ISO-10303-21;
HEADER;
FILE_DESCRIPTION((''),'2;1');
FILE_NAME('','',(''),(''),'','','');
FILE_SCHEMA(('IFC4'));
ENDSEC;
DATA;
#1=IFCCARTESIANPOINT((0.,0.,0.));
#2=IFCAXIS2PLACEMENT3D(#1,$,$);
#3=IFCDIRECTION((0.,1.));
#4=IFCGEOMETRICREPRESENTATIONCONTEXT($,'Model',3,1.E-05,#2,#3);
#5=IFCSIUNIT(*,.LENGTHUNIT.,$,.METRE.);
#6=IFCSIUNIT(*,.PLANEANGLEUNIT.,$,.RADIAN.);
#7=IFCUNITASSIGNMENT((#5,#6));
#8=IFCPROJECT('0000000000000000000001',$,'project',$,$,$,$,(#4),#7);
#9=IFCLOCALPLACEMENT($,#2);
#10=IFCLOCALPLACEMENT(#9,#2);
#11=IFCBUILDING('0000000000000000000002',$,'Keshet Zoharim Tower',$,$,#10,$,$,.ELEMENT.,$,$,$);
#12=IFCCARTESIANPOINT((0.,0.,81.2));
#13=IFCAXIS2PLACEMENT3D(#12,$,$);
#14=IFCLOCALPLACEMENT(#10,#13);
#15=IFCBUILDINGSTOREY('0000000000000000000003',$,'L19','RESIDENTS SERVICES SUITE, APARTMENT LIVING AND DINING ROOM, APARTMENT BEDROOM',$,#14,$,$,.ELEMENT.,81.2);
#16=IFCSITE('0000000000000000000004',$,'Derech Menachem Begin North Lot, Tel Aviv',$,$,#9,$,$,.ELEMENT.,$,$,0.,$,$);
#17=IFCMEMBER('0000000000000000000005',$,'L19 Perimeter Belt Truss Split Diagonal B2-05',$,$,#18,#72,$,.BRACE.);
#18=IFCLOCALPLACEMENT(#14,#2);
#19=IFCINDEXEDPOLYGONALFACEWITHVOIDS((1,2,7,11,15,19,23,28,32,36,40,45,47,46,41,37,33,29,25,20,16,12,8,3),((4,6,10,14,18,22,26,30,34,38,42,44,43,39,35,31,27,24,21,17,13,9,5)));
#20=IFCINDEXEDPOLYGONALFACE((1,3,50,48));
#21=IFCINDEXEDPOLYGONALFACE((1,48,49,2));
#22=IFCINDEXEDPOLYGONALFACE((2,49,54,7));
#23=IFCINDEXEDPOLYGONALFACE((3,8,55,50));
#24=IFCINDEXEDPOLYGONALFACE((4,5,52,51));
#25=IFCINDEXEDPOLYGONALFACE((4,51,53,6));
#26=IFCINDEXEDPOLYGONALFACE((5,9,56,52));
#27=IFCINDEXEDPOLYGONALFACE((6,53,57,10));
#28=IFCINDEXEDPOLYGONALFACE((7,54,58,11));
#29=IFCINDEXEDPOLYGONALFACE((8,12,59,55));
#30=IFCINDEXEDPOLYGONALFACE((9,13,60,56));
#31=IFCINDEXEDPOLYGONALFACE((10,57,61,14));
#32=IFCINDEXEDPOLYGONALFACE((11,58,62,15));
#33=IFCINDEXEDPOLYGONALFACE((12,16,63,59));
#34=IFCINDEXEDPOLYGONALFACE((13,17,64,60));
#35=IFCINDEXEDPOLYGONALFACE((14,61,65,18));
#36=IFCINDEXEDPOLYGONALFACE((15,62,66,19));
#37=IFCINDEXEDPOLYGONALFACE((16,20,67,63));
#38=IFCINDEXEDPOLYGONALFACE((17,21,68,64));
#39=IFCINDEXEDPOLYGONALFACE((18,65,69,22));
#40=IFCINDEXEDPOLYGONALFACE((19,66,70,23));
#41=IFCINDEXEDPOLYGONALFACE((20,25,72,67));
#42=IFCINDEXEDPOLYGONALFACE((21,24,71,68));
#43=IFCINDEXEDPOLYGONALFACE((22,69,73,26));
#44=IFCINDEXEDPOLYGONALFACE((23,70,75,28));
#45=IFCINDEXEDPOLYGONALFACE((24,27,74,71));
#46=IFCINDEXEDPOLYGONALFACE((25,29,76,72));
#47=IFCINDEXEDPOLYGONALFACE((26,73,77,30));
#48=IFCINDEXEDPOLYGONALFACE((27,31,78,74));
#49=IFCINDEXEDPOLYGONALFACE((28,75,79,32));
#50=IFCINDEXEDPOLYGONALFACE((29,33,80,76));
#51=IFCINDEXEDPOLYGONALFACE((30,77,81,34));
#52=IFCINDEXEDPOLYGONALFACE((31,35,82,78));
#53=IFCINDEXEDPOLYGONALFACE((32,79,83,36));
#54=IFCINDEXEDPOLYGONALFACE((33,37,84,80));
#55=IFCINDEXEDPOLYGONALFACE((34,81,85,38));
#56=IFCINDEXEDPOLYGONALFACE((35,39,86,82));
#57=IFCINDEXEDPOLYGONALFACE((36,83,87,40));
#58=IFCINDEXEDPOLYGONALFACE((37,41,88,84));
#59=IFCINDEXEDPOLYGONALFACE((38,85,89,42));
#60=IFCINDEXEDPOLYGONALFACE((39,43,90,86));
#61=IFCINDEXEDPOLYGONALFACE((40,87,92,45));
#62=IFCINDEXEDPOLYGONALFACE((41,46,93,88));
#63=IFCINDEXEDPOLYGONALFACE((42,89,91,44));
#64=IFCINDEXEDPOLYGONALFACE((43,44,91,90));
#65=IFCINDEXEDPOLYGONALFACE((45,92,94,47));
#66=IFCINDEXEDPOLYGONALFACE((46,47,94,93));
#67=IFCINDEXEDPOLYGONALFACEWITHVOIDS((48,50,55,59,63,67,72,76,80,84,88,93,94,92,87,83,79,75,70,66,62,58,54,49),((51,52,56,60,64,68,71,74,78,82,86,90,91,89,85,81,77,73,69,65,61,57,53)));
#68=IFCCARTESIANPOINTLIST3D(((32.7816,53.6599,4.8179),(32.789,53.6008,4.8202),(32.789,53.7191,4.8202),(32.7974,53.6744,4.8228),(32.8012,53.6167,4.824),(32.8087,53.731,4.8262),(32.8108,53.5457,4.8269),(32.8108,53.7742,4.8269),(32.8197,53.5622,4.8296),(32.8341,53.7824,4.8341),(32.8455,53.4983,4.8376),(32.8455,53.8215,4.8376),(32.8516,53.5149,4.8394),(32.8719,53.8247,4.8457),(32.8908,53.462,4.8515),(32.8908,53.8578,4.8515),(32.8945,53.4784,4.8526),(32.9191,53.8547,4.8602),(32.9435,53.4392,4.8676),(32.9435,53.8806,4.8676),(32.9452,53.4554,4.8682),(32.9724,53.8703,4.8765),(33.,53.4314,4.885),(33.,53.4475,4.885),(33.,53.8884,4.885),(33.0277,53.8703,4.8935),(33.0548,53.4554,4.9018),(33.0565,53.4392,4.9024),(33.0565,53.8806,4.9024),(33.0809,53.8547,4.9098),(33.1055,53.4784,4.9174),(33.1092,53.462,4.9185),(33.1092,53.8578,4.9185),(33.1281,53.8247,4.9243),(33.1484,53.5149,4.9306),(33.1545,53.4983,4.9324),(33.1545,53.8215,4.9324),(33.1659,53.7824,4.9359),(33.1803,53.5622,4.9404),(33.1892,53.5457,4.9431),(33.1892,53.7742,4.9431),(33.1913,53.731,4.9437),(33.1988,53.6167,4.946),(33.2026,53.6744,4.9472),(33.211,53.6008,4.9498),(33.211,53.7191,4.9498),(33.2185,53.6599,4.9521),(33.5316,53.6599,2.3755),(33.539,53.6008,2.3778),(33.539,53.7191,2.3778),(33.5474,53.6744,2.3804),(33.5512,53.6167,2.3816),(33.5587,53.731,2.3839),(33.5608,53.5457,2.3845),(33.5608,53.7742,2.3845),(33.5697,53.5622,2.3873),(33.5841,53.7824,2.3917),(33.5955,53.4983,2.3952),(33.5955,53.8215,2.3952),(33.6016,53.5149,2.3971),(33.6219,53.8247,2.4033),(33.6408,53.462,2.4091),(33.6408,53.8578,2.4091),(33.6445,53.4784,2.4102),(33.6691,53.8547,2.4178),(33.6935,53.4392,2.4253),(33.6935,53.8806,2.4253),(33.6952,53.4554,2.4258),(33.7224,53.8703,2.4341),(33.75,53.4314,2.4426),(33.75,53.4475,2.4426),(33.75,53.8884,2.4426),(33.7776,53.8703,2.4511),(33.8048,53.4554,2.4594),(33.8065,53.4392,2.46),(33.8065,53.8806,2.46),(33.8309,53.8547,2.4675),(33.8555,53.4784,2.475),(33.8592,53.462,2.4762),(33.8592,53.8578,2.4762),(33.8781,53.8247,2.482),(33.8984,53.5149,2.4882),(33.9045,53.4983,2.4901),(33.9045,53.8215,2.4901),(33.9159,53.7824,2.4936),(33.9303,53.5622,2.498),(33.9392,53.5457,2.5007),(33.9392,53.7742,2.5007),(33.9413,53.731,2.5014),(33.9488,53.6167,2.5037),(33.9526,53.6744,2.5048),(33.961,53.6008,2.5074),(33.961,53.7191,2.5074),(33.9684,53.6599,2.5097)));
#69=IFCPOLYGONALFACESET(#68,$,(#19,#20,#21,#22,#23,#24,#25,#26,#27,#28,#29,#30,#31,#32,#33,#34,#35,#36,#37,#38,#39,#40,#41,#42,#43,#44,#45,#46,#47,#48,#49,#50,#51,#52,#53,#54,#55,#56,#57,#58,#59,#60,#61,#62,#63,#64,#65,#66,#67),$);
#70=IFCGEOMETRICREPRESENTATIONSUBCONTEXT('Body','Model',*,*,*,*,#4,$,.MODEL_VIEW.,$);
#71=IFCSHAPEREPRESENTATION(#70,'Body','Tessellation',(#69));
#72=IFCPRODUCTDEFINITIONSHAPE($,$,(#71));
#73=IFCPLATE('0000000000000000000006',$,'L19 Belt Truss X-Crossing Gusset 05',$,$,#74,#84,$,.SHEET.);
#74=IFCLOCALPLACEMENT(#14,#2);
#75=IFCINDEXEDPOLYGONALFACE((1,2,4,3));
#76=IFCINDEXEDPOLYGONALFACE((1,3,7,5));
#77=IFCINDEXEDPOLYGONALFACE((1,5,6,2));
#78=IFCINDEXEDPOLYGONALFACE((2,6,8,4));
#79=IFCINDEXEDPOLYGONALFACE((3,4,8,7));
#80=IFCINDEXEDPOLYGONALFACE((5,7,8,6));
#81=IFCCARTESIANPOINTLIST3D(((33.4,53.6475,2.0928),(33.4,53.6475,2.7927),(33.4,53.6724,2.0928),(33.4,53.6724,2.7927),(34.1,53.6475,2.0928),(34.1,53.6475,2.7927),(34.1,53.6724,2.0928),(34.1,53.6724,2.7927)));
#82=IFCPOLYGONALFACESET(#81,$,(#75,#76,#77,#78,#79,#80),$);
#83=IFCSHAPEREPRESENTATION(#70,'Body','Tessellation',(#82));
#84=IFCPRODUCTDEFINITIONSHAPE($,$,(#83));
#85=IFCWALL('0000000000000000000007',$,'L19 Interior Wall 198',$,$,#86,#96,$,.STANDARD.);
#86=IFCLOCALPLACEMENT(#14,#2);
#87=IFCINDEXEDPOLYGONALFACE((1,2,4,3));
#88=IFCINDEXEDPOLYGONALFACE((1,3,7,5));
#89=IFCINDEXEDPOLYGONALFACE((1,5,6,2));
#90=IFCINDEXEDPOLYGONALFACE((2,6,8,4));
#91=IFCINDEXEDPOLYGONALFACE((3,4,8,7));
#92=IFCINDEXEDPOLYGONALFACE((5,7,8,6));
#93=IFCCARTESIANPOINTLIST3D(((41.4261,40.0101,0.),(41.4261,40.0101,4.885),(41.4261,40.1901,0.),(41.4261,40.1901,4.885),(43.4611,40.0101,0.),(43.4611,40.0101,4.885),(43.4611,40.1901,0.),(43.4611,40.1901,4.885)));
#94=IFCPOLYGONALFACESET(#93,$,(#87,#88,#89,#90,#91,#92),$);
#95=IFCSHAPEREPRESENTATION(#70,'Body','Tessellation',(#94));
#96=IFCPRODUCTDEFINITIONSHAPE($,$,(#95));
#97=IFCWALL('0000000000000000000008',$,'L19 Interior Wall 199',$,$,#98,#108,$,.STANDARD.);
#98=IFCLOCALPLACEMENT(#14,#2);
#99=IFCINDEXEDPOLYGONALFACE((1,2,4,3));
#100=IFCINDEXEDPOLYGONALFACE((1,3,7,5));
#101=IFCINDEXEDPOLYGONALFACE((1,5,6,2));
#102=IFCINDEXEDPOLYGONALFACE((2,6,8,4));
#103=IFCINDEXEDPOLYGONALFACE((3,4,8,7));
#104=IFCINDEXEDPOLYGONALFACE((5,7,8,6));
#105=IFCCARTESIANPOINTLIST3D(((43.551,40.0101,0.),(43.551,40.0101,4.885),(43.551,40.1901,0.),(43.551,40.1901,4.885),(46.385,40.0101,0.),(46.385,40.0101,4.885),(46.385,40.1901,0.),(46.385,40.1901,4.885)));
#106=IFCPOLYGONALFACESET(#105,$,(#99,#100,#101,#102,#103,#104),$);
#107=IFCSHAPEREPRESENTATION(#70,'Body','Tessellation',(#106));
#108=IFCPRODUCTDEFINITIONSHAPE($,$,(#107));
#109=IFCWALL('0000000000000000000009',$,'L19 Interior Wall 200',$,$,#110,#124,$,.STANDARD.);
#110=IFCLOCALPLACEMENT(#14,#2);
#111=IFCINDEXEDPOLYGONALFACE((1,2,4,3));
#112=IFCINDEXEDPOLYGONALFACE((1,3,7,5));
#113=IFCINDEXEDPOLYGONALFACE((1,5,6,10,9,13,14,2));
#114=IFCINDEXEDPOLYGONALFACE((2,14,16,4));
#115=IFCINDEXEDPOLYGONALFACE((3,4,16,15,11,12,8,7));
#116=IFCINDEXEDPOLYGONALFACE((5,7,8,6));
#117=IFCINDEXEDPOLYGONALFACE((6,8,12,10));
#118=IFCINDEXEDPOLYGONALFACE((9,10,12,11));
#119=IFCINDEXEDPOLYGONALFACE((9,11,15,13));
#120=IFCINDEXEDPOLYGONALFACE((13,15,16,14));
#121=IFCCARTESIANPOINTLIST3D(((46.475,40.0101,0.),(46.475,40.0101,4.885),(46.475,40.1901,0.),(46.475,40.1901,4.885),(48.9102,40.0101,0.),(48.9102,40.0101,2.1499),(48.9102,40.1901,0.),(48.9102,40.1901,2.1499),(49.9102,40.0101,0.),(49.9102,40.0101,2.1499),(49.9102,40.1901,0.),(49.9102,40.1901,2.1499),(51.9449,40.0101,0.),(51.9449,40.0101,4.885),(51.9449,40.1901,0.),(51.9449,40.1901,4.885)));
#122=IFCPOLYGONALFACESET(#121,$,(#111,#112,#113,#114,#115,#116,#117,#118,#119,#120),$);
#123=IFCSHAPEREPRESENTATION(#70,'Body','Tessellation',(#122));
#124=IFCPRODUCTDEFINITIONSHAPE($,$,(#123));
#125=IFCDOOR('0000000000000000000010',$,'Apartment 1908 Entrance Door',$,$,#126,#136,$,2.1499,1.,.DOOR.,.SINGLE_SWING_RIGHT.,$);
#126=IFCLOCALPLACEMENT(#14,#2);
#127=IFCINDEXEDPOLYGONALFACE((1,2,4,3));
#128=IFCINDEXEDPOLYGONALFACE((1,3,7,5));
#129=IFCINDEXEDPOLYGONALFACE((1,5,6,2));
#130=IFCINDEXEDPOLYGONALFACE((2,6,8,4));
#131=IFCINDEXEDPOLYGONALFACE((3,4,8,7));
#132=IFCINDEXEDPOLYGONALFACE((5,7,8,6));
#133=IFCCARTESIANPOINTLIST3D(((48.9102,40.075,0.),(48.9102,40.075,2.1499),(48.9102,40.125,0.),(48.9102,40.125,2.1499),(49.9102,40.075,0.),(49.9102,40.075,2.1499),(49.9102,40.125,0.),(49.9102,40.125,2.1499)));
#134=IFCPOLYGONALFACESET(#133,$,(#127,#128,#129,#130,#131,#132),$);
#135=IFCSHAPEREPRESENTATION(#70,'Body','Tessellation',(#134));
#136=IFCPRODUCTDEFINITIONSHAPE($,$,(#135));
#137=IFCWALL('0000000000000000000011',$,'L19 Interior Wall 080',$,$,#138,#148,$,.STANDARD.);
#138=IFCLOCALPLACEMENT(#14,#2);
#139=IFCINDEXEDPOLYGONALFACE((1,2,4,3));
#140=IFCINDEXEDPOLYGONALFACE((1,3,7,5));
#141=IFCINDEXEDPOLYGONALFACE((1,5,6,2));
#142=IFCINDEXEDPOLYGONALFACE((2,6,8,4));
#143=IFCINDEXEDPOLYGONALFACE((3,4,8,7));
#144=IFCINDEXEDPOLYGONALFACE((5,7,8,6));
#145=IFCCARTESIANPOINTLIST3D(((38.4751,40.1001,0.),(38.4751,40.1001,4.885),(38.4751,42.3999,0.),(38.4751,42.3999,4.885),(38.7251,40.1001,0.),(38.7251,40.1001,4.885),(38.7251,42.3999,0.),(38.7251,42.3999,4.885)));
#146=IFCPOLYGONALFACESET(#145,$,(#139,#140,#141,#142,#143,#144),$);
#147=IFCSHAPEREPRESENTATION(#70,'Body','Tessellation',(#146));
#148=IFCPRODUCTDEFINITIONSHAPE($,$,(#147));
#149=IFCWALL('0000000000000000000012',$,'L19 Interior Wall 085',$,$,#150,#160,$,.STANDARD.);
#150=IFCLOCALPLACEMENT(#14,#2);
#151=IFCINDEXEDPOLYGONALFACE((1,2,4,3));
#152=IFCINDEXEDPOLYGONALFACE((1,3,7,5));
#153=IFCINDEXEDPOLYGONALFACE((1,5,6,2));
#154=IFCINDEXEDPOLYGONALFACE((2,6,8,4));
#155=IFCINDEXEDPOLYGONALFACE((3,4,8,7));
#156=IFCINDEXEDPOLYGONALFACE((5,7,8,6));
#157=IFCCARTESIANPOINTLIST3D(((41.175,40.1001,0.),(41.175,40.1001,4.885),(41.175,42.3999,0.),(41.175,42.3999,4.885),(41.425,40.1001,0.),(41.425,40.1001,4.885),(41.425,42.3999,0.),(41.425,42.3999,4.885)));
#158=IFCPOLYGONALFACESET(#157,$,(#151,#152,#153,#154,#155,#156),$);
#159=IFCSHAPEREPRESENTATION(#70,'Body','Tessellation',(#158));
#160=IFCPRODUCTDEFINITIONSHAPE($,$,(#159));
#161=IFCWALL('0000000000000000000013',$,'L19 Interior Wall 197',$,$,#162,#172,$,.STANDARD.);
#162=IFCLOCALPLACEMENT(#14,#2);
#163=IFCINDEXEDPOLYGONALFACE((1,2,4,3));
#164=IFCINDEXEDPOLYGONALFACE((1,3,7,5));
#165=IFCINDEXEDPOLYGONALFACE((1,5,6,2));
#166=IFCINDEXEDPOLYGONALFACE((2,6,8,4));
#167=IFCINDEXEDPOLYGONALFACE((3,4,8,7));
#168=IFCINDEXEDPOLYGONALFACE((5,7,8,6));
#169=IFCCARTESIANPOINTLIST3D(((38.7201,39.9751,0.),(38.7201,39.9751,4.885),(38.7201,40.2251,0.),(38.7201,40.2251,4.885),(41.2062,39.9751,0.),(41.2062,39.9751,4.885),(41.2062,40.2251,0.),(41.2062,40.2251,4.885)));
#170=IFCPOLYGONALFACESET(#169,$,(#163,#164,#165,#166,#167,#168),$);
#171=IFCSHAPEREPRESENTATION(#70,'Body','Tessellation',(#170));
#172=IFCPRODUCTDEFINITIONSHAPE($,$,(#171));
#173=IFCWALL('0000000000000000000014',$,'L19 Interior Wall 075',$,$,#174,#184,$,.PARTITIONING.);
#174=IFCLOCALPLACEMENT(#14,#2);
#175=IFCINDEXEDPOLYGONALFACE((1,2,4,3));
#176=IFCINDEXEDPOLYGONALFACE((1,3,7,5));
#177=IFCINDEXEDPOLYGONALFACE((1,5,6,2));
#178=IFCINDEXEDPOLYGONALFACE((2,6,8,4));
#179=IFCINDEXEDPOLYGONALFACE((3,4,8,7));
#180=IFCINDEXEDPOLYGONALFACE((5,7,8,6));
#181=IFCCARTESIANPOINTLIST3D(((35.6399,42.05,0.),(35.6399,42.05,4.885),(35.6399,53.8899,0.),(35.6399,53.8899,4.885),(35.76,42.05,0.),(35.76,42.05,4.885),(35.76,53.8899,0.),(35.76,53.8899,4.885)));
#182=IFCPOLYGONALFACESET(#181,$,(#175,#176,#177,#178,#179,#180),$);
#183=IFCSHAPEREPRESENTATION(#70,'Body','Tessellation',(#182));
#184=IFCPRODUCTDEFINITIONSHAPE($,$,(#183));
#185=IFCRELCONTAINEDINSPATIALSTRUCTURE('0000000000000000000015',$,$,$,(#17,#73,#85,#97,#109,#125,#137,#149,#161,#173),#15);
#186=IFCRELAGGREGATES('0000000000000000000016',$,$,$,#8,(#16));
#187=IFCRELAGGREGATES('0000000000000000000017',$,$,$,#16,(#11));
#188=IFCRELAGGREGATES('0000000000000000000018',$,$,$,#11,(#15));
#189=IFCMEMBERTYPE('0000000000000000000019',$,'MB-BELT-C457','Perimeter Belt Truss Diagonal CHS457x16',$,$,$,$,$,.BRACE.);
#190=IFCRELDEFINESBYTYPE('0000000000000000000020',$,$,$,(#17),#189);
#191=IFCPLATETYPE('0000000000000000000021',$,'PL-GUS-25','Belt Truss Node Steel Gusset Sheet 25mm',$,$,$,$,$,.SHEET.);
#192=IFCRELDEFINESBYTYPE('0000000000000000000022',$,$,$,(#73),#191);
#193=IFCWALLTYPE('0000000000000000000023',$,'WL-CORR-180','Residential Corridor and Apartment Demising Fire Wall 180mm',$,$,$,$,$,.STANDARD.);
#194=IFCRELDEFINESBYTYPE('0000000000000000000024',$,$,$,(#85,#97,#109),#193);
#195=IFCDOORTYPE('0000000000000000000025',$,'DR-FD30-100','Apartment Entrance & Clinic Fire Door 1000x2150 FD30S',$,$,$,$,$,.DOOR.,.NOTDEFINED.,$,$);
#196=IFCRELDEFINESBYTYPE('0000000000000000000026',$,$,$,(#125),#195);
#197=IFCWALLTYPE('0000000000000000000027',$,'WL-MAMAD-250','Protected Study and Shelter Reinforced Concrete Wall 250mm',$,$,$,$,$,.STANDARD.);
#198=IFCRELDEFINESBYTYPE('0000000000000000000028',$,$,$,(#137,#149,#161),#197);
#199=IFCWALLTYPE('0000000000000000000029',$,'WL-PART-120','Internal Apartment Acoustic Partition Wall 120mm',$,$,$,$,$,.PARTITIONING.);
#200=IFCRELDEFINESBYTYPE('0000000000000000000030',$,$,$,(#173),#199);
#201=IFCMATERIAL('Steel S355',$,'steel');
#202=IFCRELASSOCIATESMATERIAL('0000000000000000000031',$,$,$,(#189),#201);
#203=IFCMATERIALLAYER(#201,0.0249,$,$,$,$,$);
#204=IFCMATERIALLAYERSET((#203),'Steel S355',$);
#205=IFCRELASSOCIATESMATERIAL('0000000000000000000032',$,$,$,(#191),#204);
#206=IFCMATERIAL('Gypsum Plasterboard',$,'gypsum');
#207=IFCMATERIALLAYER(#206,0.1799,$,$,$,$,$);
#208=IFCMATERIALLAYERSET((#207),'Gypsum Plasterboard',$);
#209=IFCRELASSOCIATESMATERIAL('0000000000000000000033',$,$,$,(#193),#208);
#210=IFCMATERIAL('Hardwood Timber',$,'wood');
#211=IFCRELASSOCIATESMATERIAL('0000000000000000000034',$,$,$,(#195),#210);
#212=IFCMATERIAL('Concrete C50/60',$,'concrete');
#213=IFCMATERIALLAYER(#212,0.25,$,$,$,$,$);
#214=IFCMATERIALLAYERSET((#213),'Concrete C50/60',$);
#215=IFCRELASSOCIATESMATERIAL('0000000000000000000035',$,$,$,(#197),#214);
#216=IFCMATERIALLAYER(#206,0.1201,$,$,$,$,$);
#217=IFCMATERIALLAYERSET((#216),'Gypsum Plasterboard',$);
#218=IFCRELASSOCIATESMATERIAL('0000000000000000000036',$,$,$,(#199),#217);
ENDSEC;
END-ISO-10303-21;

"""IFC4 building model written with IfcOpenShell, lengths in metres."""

from ifc_helpers import new_model, si_unit, direction, frame, frame_2d, origin, origin_2d, place, context, subcontext, project, spatial, rectangle, hollow_circle, extrude, material, layer, layer_set, material_profile, profile_set, type_object, element, fill, save


model = new_model("IFC4")

# Units and contexts
model_context = context("Model", 3, precision=1e-05, world=origin(), true_north=direction((0.0, 1.0)))
body_context = subcontext(model_context, "Body", "Model", "MODEL_VIEW")
ifc_project = project(units=[si_unit("LENGTHUNIT", "METRE"), si_unit("PLANEANGLEUNIT", "RADIAN")], contexts=[model_context])

# Site, building, storey
site_placement = place(None, origin())
site = spatial("IfcSite", under=ifc_project, at=site_placement, Name="Derech Menachem Begin North Lot, Tel Aviv", CompositionType="ELEMENT", RefElevation=0.0)
building_placement = place(site_placement, origin())
building = spatial("IfcBuilding", under=site, at=building_placement, Name="Keshet Zoharim Tower", CompositionType="ELEMENT")
storey_placement = place(building_placement, frame((0.0, 0.0, 81.2)))
storey = spatial("IfcBuildingStorey", under=building, at=storey_placement, Name="L19", Description="RESIDENTS SERVICES SUITE, APARTMENT LIVING AND DINING ROOM, APARTMENT BEDROOM", CompositionType="ELEMENT", Elevation=81.2)

# Member
ifc_material_1 = material(Name="Steel S355", Category="steel")
ifc_material_profile = material_profile(ifc_material_1, hollow_circle(Radius=0.2285, WallThickness=0.0161, at=origin_2d()), Name="CHS457x16")
ifc_profile_set = profile_set([ifc_material_profile], Name="Steel S355")
member_type = type_object("IfcMemberType", Name="MB-BELT-C457", Description="Perimeter Belt Truss Diagonal CHS457x16", PredefinedType="BRACE", material=ifc_profile_set)
member_placement = place(storey_placement, frame((33.75, 53.6599, 2.4426), z_axis=(-0.293549, 0.0, 0.955944), x_axis=(0.0, -1.0, 0.0)))
element("IfcMember", 1, at=member_placement, inside=storey, type_object=member_type, Name="L19 Perimeter Belt Truss Split Diagonal B2-05", PredefinedType="BRACE", context=body_context, shape_type="SweptSolid", body=[
    extrude(hollow_circle(Radius=0.2285, WallThickness=0.0161, at=origin_2d()), origin(), (0.0, 0.0, 1.0), 2.5549),
])

# Plate
ifc_layer_1 = layer(ifc_material_1, 0.0249)
ifc_layer_set_1 = layer_set([ifc_layer_1], Name="Steel S355")
plate_type = type_object("IfcPlateType", Name="PL-GUS-25", Description="Belt Truss Node Steel Gusset Sheet 25mm", PredefinedType="SHEET", material=ifc_layer_set_1)
plate_placement = place(storey_placement, frame((33.75, 53.6599, 2.0928), z_axis=(0.0, 0.0, 1.0), x_axis=(1.0, 0.0, 0.0)))
element("IfcPlate", 2, at=plate_placement, inside=storey, type_object=plate_type, Name="L19 Belt Truss X-Crossing Gusset 05", PredefinedType="SHEET", context=body_context, shape_type="SweptSolid", body=[
    extrude(rectangle(XDim=0.7, YDim=0.0249, at=origin_2d()), origin(), (0.0, 0.0, 1.0), 0.7),
])

# Walls
ifc_material_2 = material(Name="Gypsum Plasterboard", Category="gypsum")
ifc_layer_2 = layer(ifc_material_2, 0.1799)
ifc_layer_set_2 = layer_set([ifc_layer_2], Name="Gypsum Plasterboard")
wall_type_1 = type_object("IfcWallType", Name="WL-CORR-180", Description="Residential Corridor and Apartment Demising Fire Wall 180mm", PredefinedType="STANDARD", material=ifc_layer_set_2)
wall_1_placement = place(storey_placement, frame((41.426, 40.1001, 0.0), z_axis=(0.0, 0.0, 1.0), x_axis=(1.0, 0.0, 0.0)))
element("IfcWall", 3, at=wall_1_placement, inside=storey, type_object=wall_type_1, Name="L19 Interior Wall 198", PredefinedType="STANDARD", context=body_context, shape_type="SweptSolid", body=[
    extrude(rectangle(XDim=2.0349, YDim=0.1799, at=frame_2d((1.0176, 0.0))), origin(), (0.0, 0.0, 1.0), 4.885),
])
wall_2_placement = place(storey_placement, frame((43.551, 40.1001, 0.0), z_axis=(0.0, 0.0, 1.0), x_axis=(1.0, 0.0, 0.0)))
element("IfcWall", 4, at=wall_2_placement, inside=storey, type_object=wall_type_1, Name="L19 Interior Wall 199", PredefinedType="STANDARD", context=body_context, shape_type="SweptSolid", body=[
    extrude(rectangle(XDim=2.834, YDim=0.1799, at=frame_2d((1.417, 0.0))), origin(), (0.0, 0.0, 1.0), 4.885),
])

# Wall, opening, door
wall_3_placement = place(storey_placement, frame((46.4751, 40.1001, 0.0), z_axis=(0.0, 0.0, 1.0), x_axis=(1.0, 0.0, 0.0)))
wall_3 = element("IfcWall", 5, at=wall_3_placement, inside=storey, type_object=wall_type_1, Name="L19 Interior Wall 200", PredefinedType="STANDARD", context=body_context, shape_type="SweptSolid", body=[
    extrude(rectangle(XDim=5.47, YDim=0.1799, at=frame_2d((2.7349, 0.0))), origin(), (0.0, 0.0, 1.0), 4.885),
])
opening_1_placement = place(wall_3_placement, frame((2.4351, 0.0, 0.0)))
opening_1 = element("IfcOpeningElement", 6, at=opening_1_placement, cuts=wall_3, PredefinedType="OPENING", context=body_context, shape_type="SweptSolid", body=[
    extrude(rectangle(XDim=1.0, YDim=2.1499, at=frame_2d((0.5, 1.075))), frame((0.0, 0.1001, 0.0), z_axis=(0.0, -1.0, 0.0), x_axis=(1.0, 0.0, 0.0)), (0.0, 0.0, 1.0), 0.2),
])
ifc_material_3 = material(Name="Hardwood Timber", Category="wood")
door_type_1 = type_object("IfcDoorType", Name="DR-FD30-100", Description="Apartment Entrance & Clinic Fire Door 1000x2150 FD30S", OperationType="NOTDEFINED", PredefinedType="DOOR", material=ifc_material_3)
door_1_placement = place(opening_1_placement, origin())
door_1 = element("IfcDoor", 7, at=door_1_placement, inside=storey, type_object=door_type_1, Name="Apartment 1908 Entrance Door", OperationType="SINGLE_SWING_RIGHT", OverallHeight=2.1499, OverallWidth=1.0, PredefinedType="DOOR", context=body_context, shape_type="SweptSolid", body=[
    extrude(rectangle(XDim=1.0, YDim=2.1499, at=frame_2d((0.5, 1.075))), frame((0.0, 0.0249, 0.0), z_axis=(0.0, -1.0, 0.0), x_axis=(1.0, 0.0, 0.0)), (0.0, 0.0, 1.0), 0.05),
])
fill(opening_1, door_1)

# Walls
ifc_material_4 = material(Name="Concrete C50/60", Category="concrete")
ifc_layer_3 = layer(ifc_material_4, 0.25)
ifc_layer_set_3 = layer_set([ifc_layer_3], Name="Concrete C50/60")
wall_type_2 = type_object("IfcWallType", Name="WL-MAMAD-250", Description="Protected Study and Shelter Reinforced Concrete Wall 250mm", PredefinedType="STANDARD", material=ifc_layer_set_3)
for number, where, z_axis, x_axis, name in (
    (8, (38.6001, 40.1001, 0.0), (0.0, 0.0, 1.0), (0.0, 1.0, 0.0), "L19 Interior Wall 080"),
    (9, (41.3, 40.1001, 0.0), (0.0, 0.0, 1.0), (0.0, 1.0, 0.0), "L19 Interior Wall 085"),
):
    element("IfcWall", number, at=place(storey_placement, frame(where, z_axis=z_axis, x_axis=x_axis)), inside=storey, type_object=wall_type_2, Name=name, PredefinedType="STANDARD", context=body_context, shape_type="SweptSolid", body=[
        extrude(rectangle(XDim=2.2998, YDim=0.25, at=frame_2d((1.1499, 0.0))), origin(), (0.0, 0.0, 1.0), 4.885),
    ])
wall_4_placement = place(storey_placement, frame((38.72, 40.1001, 0.0), z_axis=(0.0, 0.0, 1.0), x_axis=(1.0, 0.0, 0.0)))
element("IfcWall", 10, at=wall_4_placement, inside=storey, type_object=wall_type_2, Name="L19 Interior Wall 197", PredefinedType="STANDARD", context=body_context, shape_type="SweptSolid", body=[
    extrude(rectangle(XDim=2.4861, YDim=0.25, at=frame_2d((1.2432, 0.0))), origin(), (0.0, 0.0, 1.0), 4.885),
])

# Wall
ifc_layer_4 = layer(ifc_material_2, 0.1201)
ifc_layer_set_4 = layer_set([ifc_layer_4], Name="Gypsum Plasterboard")
wall_type_3 = type_object("IfcWallType", Name="WL-PART-120", Description="Internal Apartment Acoustic Partition Wall 120mm", PredefinedType="PARTITIONING", material=ifc_layer_set_4)
wall_5_placement = place(storey_placement, frame((35.7, 42.05, 0.0), z_axis=(0.0, 0.0, 1.0), x_axis=(0.0, 1.0, 0.0)))
element("IfcWall", 11, at=wall_5_placement, inside=storey, type_object=wall_type_3, Name="L19 Interior Wall 075", PredefinedType="PARTITIONING", context=body_context, shape_type="SweptSolid", body=[
    extrude(rectangle(XDim=11.8398, YDim=0.1201, at=frame_2d((5.9199, 0.0))), origin(), (0.0, 0.0, 1.0), 4.885),
])

save(model, "model.ifc")
